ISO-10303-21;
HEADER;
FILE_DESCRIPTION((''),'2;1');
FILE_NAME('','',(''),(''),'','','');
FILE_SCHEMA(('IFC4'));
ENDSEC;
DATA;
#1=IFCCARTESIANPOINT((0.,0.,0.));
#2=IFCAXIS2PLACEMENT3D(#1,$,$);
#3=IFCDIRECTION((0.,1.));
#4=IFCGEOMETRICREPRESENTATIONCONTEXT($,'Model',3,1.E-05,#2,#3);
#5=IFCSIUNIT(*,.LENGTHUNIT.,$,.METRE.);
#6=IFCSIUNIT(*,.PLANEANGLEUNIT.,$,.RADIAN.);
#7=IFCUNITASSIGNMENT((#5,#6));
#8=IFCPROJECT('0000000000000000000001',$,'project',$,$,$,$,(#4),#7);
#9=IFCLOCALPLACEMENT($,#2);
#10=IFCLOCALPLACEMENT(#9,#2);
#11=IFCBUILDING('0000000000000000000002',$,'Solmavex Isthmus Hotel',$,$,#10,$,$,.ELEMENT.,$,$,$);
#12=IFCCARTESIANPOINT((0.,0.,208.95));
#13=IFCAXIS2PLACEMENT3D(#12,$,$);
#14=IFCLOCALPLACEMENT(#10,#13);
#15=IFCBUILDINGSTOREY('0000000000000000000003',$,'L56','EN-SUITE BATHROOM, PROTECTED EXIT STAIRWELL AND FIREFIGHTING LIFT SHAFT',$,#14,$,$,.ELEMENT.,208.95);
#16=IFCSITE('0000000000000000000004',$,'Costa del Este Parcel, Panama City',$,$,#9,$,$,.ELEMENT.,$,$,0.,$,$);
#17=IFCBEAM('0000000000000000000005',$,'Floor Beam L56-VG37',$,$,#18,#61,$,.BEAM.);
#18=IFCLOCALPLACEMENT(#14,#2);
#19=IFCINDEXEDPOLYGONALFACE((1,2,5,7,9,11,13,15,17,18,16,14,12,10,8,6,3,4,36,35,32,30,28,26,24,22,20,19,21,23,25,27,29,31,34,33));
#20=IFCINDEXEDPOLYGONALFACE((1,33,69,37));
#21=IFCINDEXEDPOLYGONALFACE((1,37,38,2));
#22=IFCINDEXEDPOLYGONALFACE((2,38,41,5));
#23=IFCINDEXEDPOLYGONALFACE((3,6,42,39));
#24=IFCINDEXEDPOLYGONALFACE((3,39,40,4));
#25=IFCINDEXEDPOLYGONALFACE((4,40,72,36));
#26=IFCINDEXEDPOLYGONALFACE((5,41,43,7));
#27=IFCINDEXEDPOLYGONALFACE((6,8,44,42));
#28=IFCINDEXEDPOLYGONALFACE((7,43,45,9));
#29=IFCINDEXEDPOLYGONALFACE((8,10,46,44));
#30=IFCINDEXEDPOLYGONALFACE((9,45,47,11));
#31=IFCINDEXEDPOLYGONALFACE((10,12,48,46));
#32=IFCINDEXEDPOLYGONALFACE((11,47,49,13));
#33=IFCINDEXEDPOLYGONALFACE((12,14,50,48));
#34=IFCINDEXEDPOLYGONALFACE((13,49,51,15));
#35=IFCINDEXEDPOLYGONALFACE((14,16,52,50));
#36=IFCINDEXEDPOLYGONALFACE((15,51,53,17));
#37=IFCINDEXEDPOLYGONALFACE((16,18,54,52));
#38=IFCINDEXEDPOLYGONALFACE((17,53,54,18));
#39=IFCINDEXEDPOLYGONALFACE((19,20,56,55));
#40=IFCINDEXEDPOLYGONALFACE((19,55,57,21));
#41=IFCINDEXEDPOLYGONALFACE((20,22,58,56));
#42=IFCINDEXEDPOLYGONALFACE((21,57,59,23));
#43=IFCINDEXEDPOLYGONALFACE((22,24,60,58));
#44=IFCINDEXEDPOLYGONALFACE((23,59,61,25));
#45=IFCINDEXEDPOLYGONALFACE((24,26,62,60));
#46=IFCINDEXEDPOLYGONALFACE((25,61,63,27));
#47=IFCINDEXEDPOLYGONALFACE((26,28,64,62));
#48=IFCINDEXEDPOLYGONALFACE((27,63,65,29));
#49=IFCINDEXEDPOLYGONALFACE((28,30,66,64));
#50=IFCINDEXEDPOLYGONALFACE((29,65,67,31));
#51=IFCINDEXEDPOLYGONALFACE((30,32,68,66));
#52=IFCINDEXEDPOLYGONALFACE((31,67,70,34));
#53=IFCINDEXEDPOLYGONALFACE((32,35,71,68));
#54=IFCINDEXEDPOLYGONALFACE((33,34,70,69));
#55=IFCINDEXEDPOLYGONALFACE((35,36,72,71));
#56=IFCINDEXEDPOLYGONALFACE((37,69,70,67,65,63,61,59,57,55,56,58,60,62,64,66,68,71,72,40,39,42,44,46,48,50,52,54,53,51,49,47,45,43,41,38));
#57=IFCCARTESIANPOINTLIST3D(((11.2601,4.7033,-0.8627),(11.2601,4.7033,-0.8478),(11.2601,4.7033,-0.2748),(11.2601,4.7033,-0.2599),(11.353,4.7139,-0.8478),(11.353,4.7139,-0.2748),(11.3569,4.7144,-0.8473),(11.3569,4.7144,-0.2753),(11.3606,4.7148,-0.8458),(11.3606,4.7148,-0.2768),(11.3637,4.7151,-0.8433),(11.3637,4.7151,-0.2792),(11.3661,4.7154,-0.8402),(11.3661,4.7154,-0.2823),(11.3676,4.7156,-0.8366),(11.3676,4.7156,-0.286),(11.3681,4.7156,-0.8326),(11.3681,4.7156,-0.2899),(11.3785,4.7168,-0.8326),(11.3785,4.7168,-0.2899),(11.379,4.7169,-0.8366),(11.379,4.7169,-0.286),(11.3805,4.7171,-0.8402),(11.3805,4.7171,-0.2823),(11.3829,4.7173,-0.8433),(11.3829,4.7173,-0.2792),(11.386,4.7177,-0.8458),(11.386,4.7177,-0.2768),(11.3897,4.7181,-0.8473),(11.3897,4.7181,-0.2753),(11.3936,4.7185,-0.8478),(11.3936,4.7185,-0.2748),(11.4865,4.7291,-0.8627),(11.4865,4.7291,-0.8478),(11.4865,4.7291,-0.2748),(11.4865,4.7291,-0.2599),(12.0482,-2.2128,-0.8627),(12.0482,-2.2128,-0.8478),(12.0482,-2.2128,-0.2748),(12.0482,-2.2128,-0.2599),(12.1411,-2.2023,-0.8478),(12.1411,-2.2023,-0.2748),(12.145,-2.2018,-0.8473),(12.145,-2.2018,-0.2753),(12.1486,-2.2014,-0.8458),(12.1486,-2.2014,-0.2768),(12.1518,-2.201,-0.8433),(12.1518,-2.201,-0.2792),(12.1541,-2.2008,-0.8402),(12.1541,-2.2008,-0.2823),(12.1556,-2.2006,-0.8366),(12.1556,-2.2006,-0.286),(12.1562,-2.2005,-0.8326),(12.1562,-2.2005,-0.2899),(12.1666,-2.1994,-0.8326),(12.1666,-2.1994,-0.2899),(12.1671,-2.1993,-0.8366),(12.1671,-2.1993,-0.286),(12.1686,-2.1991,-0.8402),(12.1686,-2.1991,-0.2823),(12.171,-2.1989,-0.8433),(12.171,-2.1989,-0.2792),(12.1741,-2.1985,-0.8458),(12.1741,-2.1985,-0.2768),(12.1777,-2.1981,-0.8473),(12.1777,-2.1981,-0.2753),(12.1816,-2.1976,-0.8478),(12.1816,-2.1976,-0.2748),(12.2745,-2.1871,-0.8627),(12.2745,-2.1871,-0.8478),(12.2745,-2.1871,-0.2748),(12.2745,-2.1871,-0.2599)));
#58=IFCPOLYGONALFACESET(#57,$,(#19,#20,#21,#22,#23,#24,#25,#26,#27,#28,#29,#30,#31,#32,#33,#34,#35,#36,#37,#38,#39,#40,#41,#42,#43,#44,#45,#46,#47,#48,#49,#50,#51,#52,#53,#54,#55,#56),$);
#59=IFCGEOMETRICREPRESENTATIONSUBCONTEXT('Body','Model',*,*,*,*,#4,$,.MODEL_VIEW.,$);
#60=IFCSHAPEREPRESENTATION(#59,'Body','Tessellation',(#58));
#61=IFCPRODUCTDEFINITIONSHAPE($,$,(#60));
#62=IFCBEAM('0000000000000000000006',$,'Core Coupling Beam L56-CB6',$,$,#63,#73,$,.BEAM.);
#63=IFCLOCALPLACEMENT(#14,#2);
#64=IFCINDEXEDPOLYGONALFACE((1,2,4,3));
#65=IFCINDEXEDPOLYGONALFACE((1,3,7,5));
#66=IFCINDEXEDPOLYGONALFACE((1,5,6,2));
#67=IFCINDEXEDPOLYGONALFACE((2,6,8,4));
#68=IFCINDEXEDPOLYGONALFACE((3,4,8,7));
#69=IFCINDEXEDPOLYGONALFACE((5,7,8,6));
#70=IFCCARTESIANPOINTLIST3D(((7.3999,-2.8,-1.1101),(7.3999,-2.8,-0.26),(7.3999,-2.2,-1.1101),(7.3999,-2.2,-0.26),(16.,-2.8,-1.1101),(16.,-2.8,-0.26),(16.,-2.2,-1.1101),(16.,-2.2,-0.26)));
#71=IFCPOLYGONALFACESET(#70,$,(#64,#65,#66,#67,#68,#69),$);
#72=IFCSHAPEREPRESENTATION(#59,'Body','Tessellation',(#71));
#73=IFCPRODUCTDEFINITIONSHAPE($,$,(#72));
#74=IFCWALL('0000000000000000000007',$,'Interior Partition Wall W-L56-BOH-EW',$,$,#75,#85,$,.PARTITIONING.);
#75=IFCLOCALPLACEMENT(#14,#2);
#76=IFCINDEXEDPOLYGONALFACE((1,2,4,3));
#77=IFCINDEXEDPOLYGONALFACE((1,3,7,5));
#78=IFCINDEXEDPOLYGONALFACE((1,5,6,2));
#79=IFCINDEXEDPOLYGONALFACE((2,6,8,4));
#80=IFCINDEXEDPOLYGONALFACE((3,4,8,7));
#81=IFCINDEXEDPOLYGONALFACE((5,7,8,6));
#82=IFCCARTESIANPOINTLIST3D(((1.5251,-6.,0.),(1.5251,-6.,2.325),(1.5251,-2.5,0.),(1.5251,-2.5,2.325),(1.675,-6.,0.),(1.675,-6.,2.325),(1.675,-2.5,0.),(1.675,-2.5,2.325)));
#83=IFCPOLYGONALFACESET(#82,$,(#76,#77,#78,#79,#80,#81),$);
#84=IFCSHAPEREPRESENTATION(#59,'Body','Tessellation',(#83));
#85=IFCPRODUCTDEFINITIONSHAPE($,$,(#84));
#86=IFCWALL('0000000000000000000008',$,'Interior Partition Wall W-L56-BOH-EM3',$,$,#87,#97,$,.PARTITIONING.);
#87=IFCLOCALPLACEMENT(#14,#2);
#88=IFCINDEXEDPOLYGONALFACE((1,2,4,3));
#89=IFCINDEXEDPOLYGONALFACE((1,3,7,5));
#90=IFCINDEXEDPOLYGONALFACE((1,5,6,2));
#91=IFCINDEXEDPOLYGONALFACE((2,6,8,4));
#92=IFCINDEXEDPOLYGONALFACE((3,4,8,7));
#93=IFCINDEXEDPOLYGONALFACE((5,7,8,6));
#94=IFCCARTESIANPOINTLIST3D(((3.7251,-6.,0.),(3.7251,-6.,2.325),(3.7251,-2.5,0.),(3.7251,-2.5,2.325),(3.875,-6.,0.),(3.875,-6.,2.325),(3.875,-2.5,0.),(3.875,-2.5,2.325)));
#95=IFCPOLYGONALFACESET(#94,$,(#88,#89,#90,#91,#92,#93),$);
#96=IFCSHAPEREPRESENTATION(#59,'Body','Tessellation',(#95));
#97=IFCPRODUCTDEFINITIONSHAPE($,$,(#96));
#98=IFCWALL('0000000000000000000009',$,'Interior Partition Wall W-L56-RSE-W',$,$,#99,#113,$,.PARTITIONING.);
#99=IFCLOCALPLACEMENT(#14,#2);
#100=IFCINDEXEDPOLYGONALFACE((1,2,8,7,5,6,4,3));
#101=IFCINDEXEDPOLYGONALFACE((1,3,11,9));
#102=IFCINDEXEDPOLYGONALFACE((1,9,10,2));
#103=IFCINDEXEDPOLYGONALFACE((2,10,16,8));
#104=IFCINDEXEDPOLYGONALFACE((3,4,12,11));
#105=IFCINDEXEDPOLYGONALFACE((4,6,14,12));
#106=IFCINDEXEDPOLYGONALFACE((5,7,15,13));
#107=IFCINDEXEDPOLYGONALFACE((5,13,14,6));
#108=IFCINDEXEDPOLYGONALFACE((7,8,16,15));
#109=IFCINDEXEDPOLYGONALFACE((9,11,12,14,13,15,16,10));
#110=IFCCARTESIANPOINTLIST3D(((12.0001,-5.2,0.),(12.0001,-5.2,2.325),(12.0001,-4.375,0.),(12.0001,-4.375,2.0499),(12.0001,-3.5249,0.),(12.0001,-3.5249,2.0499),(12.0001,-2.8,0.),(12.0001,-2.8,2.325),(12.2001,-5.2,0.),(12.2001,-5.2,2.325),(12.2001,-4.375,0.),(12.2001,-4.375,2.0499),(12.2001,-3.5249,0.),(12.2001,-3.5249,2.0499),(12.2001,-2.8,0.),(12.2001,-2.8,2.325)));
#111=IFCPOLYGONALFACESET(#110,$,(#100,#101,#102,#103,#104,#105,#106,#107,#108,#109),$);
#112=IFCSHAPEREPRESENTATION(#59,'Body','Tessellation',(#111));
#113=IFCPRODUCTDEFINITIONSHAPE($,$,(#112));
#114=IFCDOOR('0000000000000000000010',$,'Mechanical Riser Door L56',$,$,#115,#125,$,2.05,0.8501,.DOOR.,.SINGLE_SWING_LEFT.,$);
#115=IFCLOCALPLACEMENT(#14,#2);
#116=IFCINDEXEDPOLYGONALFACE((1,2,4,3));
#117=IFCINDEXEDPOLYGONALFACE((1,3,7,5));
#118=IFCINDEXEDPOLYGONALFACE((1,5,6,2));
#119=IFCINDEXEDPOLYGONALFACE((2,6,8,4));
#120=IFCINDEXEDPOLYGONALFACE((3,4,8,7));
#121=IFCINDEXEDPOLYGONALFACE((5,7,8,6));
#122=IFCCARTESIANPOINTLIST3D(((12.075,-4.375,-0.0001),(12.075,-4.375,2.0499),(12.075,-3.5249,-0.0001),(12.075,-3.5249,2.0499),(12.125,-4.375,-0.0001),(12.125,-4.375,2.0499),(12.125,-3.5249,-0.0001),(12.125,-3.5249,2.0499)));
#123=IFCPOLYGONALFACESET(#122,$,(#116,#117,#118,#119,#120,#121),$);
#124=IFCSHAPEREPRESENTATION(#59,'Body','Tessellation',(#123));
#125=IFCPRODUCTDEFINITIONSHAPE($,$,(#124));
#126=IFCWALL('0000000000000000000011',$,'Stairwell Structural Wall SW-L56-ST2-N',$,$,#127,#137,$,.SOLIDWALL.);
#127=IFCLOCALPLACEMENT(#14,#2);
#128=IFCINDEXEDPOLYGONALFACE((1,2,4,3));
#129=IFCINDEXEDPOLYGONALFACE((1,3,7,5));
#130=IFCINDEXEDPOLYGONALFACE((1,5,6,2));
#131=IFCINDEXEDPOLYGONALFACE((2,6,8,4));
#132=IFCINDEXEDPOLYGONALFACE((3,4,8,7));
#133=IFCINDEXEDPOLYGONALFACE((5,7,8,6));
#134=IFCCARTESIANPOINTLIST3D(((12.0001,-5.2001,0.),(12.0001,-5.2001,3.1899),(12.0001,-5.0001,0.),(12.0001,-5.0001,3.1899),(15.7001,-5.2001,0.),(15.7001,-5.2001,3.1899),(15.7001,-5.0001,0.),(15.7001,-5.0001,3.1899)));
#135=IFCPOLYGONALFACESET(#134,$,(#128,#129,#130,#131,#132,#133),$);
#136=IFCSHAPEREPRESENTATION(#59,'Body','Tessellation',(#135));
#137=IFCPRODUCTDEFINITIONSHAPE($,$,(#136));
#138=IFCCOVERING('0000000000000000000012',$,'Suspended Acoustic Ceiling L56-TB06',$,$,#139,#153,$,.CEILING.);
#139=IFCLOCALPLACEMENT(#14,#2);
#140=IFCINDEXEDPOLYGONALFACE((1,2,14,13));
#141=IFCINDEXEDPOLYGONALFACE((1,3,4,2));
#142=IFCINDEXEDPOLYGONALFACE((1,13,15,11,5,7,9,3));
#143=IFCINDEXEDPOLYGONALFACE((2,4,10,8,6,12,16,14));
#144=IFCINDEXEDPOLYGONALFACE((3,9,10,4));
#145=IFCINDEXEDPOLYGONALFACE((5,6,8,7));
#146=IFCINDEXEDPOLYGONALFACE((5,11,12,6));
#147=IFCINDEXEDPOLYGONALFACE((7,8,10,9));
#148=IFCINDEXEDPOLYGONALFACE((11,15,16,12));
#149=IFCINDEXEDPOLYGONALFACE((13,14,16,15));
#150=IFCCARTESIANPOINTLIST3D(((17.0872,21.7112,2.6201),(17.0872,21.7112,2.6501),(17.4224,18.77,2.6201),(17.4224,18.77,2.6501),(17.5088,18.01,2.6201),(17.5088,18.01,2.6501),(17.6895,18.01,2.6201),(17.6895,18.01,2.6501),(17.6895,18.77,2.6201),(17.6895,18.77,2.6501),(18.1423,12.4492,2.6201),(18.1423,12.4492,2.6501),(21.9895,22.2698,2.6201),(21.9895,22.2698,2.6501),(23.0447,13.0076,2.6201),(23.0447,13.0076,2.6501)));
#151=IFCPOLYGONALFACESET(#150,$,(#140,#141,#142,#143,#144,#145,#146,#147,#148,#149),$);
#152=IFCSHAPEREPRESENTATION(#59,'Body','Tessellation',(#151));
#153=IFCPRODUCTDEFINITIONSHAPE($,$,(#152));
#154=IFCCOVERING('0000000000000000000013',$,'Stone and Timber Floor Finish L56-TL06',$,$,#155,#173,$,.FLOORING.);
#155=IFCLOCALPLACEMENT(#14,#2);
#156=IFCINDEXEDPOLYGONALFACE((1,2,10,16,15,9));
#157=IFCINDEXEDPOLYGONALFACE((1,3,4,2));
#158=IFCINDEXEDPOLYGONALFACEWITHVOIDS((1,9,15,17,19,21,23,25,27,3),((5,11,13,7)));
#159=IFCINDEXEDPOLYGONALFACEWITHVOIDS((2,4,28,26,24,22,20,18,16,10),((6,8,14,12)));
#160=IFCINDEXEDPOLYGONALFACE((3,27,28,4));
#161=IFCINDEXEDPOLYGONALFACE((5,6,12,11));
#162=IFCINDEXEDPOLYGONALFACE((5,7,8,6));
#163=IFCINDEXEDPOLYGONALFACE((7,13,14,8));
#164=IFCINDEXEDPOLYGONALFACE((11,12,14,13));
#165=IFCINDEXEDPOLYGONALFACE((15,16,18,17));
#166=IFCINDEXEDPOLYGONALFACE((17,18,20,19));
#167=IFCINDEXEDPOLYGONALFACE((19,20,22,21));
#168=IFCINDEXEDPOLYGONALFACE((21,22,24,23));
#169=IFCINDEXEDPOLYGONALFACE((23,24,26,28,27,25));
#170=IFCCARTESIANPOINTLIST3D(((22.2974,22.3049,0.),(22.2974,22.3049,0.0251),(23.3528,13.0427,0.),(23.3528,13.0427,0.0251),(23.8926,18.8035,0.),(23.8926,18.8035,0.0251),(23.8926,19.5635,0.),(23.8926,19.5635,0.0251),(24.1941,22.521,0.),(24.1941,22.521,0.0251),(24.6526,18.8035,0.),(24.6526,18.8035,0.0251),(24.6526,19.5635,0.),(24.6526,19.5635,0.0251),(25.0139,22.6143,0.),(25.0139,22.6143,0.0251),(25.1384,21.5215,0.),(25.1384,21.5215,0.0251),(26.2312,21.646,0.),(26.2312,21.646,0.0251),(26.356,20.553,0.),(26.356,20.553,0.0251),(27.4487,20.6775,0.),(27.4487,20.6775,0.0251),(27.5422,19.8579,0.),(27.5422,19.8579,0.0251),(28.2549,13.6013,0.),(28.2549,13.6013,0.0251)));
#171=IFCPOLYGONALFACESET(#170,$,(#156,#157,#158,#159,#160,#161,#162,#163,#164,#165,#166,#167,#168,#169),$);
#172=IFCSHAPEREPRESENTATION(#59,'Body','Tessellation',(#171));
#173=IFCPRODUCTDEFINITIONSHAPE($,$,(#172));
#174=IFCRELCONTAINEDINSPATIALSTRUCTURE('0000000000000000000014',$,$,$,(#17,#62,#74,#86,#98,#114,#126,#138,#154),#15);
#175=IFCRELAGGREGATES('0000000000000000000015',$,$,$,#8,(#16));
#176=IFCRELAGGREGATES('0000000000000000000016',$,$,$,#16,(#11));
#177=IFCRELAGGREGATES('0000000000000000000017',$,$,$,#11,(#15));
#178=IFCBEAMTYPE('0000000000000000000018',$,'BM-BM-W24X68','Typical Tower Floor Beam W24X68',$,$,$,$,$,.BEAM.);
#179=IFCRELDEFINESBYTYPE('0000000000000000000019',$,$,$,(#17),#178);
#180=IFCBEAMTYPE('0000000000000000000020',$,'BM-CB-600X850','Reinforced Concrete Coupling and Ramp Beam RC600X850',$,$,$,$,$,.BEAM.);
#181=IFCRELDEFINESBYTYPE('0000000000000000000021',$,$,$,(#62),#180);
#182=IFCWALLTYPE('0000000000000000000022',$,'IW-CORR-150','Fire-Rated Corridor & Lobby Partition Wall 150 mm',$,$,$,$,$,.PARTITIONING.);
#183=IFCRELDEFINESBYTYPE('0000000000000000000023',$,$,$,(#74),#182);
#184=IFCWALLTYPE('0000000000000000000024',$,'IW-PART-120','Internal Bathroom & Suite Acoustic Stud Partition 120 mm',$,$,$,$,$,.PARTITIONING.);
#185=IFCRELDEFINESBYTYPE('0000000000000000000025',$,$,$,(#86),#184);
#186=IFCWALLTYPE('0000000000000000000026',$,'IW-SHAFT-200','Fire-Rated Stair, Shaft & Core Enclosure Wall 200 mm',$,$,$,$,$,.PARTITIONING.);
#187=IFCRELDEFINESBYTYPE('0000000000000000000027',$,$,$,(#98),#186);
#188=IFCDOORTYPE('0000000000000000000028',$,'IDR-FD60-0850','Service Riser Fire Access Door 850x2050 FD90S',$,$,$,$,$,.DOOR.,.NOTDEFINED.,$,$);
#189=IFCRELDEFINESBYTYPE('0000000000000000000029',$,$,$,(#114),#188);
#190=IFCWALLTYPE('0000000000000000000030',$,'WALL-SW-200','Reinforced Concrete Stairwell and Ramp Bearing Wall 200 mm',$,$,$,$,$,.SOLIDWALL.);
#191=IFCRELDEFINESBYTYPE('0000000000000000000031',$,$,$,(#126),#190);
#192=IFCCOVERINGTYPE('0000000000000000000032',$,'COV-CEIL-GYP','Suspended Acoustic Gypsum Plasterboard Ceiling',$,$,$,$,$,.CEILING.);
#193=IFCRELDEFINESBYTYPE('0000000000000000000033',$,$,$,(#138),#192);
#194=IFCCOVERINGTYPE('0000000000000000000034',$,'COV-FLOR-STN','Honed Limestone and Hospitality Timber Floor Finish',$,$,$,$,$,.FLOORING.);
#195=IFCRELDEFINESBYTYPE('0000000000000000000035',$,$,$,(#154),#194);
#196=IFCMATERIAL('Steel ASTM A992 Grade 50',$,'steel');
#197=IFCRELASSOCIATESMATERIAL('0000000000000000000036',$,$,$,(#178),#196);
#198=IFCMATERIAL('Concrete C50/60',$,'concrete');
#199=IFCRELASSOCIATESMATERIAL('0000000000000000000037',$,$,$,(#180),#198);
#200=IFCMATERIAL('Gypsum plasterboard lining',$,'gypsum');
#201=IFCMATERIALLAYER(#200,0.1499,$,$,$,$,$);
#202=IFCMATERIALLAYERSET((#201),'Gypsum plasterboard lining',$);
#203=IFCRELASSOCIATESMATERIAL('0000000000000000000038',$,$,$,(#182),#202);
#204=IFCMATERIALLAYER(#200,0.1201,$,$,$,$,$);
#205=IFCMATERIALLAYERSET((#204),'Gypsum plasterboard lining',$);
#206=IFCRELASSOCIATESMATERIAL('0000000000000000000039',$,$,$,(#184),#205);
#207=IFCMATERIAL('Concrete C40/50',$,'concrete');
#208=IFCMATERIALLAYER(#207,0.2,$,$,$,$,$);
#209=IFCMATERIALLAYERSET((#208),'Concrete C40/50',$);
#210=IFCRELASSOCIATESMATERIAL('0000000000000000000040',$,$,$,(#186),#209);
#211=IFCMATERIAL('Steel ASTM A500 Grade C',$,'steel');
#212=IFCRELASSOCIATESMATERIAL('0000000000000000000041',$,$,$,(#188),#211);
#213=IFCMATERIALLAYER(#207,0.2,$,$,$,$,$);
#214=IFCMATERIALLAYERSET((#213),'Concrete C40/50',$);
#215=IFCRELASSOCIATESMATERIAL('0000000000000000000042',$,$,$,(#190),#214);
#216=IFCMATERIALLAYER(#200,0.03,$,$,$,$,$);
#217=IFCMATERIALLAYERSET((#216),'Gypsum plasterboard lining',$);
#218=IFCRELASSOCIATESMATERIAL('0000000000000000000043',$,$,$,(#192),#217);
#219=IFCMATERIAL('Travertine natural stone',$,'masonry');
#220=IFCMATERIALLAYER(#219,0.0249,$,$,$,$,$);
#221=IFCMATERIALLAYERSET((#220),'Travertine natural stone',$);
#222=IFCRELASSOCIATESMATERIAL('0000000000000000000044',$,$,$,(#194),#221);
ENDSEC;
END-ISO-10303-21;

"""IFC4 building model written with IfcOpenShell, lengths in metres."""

from ifc_helpers import new_model, si_unit, direction, frame, frame_2d, origin, origin_2d, place, context, subcontext, project, spatial, polyline, rectangle, i_section, outline, extrude, material, layer, layer_set, material_profile, profile_set, type_object, element, fill, save


model = new_model("IFC4")

# Units and contexts
model_context = context("Model", 3, precision=1e-05, world=origin(), true_north=direction((0.0, 1.0)))
body_context = subcontext(model_context, "Body", "Model", "MODEL_VIEW")
ifc_project = project(units=[si_unit("LENGTHUNIT", "METRE"), si_unit("PLANEANGLEUNIT", "RADIAN")], contexts=[model_context])

# Site, building, storey
site_placement = place(None, origin())
site = spatial("IfcSite", under=ifc_project, at=site_placement, Name="Costa del Este Parcel, Panama City", CompositionType="ELEMENT", RefElevation=0.0)
building_placement = place(site_placement, origin())
building = spatial("IfcBuilding", under=site, at=building_placement, Name="Solmavex Isthmus Hotel", CompositionType="ELEMENT")
storey_placement = place(building_placement, frame((0.0, 0.0, 208.95)))
storey = spatial("IfcBuildingStorey", under=building, at=storey_placement, Name="L56", Description="EN-SUITE BATHROOM, PROTECTED EXIT STAIRWELL AND FIREFIGHTING LIFT SHAFT", CompositionType="ELEMENT", Elevation=208.95)

# Shared definitions
ifc_material_1 = material(Name="Concrete C50/60", Category="concrete")

# Beams
ifc_material_2 = material(Name="Steel ASTM A992 Grade 50", Category="steel")
ifc_material_profile_1 = material_profile(ifc_material_2, i_section(OverallWidth=0.2278, OverallDepth=0.6028, WebThickness=0.0105, FlangeThickness=0.0149, FilletRadius=0.0151, at=origin_2d()), Name="W24X68")
ifc_profile_set_1 = profile_set([ifc_material_profile_1], Name="Steel ASTM A992 Grade 50")
beam_type_1 = type_object("IfcBeamType", Name="BM-BM-W24X68", Description="Typical Tower Floor Beam W24X68", PredefinedType="BEAM", material=ifc_profile_set_1)
beam_1_placement = place(storey_placement, frame((12.1614, -2.2, -0.5613), z_axis=(-0.113214, 0.993571, 0.0), x_axis=(-0.993571, -0.113214, 0.0)))
element("IfcBeam", 1, at=beam_1_placement, inside=storey, type_object=beam_type_1, Name="Floor Beam L56-VG37", PredefinedType="BEAM", context=body_context, shape_type="SweptSolid", body=[
    extrude(i_section(OverallWidth=0.2278, OverallDepth=0.6028, WebThickness=0.0105, FlangeThickness=0.0149, FilletRadius=0.0151, at=origin_2d()), origin(), (0.0, 0.0, 1.0), 6.9609),
])
ifc_material_profile_2 = material_profile(ifc_material_1, rectangle(XDim=0.6001, YDim=0.8501, at=origin_2d()), Name="RC600X850")
ifc_profile_set_2 = profile_set([ifc_material_profile_2], Name="Concrete C50/60")
beam_type_2 = type_object("IfcBeamType", Name="BM-CB-600X850", Description="Reinforced Concrete Coupling and Ramp Beam RC600X850", PredefinedType="BEAM", material=ifc_profile_set_2)
beam_2_placement = place(storey_placement, frame((7.3999, -2.5, -0.6851), z_axis=(1.0, 0.0, 0.0), x_axis=(0.0, 1.0, 0.0)))
element("IfcBeam", 2, at=beam_2_placement, inside=storey, type_object=beam_type_2, Name="Core Coupling Beam L56-CB6", PredefinedType="BEAM", context=body_context, shape_type="SweptSolid", body=[
    extrude(rectangle(XDim=0.6001, YDim=0.8501, at=origin_2d()), origin(), (0.0, 0.0, 1.0), 8.6001),
])

# Walls
ifc_material_3 = material(Name="Gypsum plasterboard lining", Category="gypsum")
ifc_layer_1 = layer(ifc_material_3, 0.1499)
ifc_layer_set_1 = layer_set([ifc_layer_1], Name="Gypsum plasterboard lining")
wall_type_1 = type_object("IfcWallType", Name="IW-CORR-150", Description="Fire-Rated Corridor & Lobby Partition Wall 150 mm", PredefinedType="PARTITIONING", material=ifc_layer_set_1)
wall_1_placement = place(storey_placement, frame((1.6001, -6.0, 0.0), z_axis=(0.0, 0.0, 1.0), x_axis=(0.0, 1.0, 0.0)))
element("IfcWall", 3, at=wall_1_placement, inside=storey, type_object=wall_type_1, Name="Interior Partition Wall W-L56-BOH-EW", PredefinedType="PARTITIONING", context=body_context, shape_type="SweptSolid", body=[
    extrude(rectangle(XDim=3.5, YDim=0.1499, at=frame_2d((1.75, 0.0))), origin(), (0.0, 0.0, 1.0), 2.325),
])
ifc_layer_2 = layer(ifc_material_3, 0.1201)
ifc_layer_set_2 = layer_set([ifc_layer_2], Name="Gypsum plasterboard lining")
wall_type_2 = type_object("IfcWallType", Name="IW-PART-120", Description="Internal Bathroom & Suite Acoustic Stud Partition 120 mm", PredefinedType="PARTITIONING", material=ifc_layer_set_2)
wall_2_placement = place(storey_placement, frame((3.8, -6.0, 0.0), z_axis=(0.0, 0.0, 1.0), x_axis=(0.0, 1.0, 0.0)))
element("IfcWall", 4, at=wall_2_placement, inside=storey, type_object=wall_type_2, Name="Interior Partition Wall W-L56-BOH-EM3", PredefinedType="PARTITIONING", context=body_context, shape_type="SweptSolid", body=[
    extrude(rectangle(XDim=3.5, YDim=0.1499, at=frame_2d((1.75, 0.0))), origin(), (0.0, 0.0, 1.0), 2.325),
])

# Wall, opening, door
ifc_material_4 = material(Name="Concrete C40/50", Category="concrete")
ifc_layer_3 = layer(ifc_material_4, 0.2)
ifc_layer_set_3 = layer_set([ifc_layer_3], Name="Concrete C40/50")
wall_type_3 = type_object("IfcWallType", Name="IW-SHAFT-200", Description="Fire-Rated Stair, Shaft & Core Enclosure Wall 200 mm", PredefinedType="PARTITIONING", material=ifc_layer_set_3)
wall_3_placement = place(storey_placement, frame((12.1001, -5.2, 0.0), z_axis=(0.0, 0.0, 1.0), x_axis=(0.0, 1.0, 0.0)))
wall_3 = element("IfcWall", 5, at=wall_3_placement, inside=storey, type_object=wall_type_3, Name="Interior Partition Wall W-L56-RSE-W", PredefinedType="PARTITIONING", context=body_context, shape_type="SweptSolid", body=[
    extrude(rectangle(XDim=2.3999, YDim=0.2, at=frame_2d((1.2, 0.0))), origin(), (0.0, 0.0, 1.0), 2.325),
])
opening_placement = place(wall_3_placement, frame((0.825, 0.0, 0.0)))
opening = element("IfcOpeningElement", 6, at=opening_placement, cuts=wall_3, PredefinedType="OPENING", context=body_context, shape_type="SweptSolid", body=[
    extrude(rectangle(XDim=0.8501, YDim=2.05, at=frame_2d((0.425, 1.0249))), frame((0.0, 0.1099, 0.0), z_axis=(0.0, -1.0, 0.0), x_axis=(1.0, 0.0, 0.0)), (0.0, 0.0, 1.0), 0.22),
])
ifc_material_5 = material(Name="Steel ASTM A500 Grade C", Category="steel")
door_type = type_object("IfcDoorType", Name="IDR-FD60-0850", Description="Service Riser Fire Access Door 850x2050 FD90S", OperationType="NOTDEFINED", PredefinedType="DOOR", material=ifc_material_5)
door_placement = place(opening_placement, frame((0.8501, 0.0, 0.0), z_axis=(0.0, 0.0, 1.0), x_axis=(-1.0, 0.0, 0.0)))
door = element("IfcDoor", 7, at=door_placement, inside=storey, type_object=door_type, Name="Mechanical Riser Door L56", OperationType="SINGLE_SWING_LEFT", OverallHeight=2.05, OverallWidth=0.8501, PredefinedType="DOOR", context=body_context, shape_type="SweptSolid", body=[
    extrude(rectangle(XDim=0.8501, YDim=2.05, at=frame_2d((0.425, 1.0249))), frame((0.0, 0.0249, 0.0), z_axis=(0.0, -1.0, 0.0), x_axis=(1.0, 0.0, 0.0)), (0.0, 0.0, 1.0), 0.05),
])
fill(opening, door)

# Wall
ifc_layer_4 = layer(ifc_material_4, 0.2)
ifc_layer_set_4 = layer_set([ifc_layer_4], Name="Concrete C40/50")
wall_type_4 = type_object("IfcWallType", Name="WALL-SW-200", Description="Reinforced Concrete Stairwell and Ramp Bearing Wall 200 mm", PredefinedType="SOLIDWALL", material=ifc_layer_set_4)
wall_4_placement = place(storey_placement, frame((12.0, -5.1001, 0.0), z_axis=(0.0, 0.0, 1.0), x_axis=(1.0, 0.0, 0.0)))
element("IfcWall", 8, at=wall_4_placement, inside=storey, type_object=wall_type_4, Name="Stairwell Structural Wall SW-L56-ST2-N", PredefinedType="SOLIDWALL", context=body_context, shape_type="SweptSolid", body=[
    extrude(rectangle(XDim=3.7, YDim=0.2, at=frame_2d((1.8501, 0.0))), origin(), (0.0, 0.0, 1.0), 3.1899),
])

# Coverings
ifc_layer_5 = layer(ifc_material_3, 0.03)
ifc_layer_set_5 = layer_set([ifc_layer_5], Name="Gypsum plasterboard lining")
covering_type_1 = type_object("IfcCoveringType", Name="COV-CEIL-GYP", Description="Suspended Acoustic Gypsum Plasterboard Ceiling", PredefinedType="CEILING", material=ifc_layer_set_5)
covering_1_placement = place(storey_placement, frame((0.0, 0.0, 2.6201)))
element("IfcCovering", 9, at=covering_1_placement, inside=storey, type_object=covering_type_1, Name="Suspended Acoustic Ceiling L56-TB06", PredefinedType="CEILING", context=body_context, shape_type="SweptSolid", body=[
    extrude(outline(polyline([(17.4224, 18.77), (17.6895, 18.77), (17.6895, 18.01), (17.5088, 18.01), (18.1423, 12.4492), (23.0447, 13.0076), (21.9895, 22.2698), (17.0872, 21.7112), (17.4224, 18.77)])), origin(), (0.0, 0.0, 1.0), 0.03),
])
ifc_material_6 = material(Name="Travertine natural stone", Category="masonry")
ifc_layer_6 = layer(ifc_material_6, 0.0249)
ifc_layer_set_6 = layer_set([ifc_layer_6], Name="Travertine natural stone")
covering_type_2 = type_object("IfcCoveringType", Name="COV-FLOR-STN", Description="Honed Limestone and Hospitality Timber Floor Finish", PredefinedType="FLOORING", material=ifc_layer_set_6)
covering_2_placement = place(storey_placement, origin())
element("IfcCovering", 10, at=covering_2_placement, inside=storey, type_object=covering_type_2, Name="Stone and Timber Floor Finish L56-TL06", PredefinedType="FLOORING", context=body_context, shape_type="SweptSolid", body=[
    extrude(outline(polyline([(25.0139, 22.6143), (24.1941, 22.521), (22.2974, 22.3049), (23.3528, 13.0427), (28.2549, 13.6013), (27.5422, 19.8579), (27.4487, 20.6775), (26.356, 20.553), (26.2312, 21.646), (25.1384, 21.5215), (25.0139, 22.6143)]), holes=[polyline([(23.8926, 19.5635), (24.6526, 19.5635), (24.6526, 18.8035), (23.8926, 18.8035), (23.8926, 19.5635)])]), origin(), (0.0, 0.0, 1.0), 0.0251),
])

save(model, "model.ifc")
